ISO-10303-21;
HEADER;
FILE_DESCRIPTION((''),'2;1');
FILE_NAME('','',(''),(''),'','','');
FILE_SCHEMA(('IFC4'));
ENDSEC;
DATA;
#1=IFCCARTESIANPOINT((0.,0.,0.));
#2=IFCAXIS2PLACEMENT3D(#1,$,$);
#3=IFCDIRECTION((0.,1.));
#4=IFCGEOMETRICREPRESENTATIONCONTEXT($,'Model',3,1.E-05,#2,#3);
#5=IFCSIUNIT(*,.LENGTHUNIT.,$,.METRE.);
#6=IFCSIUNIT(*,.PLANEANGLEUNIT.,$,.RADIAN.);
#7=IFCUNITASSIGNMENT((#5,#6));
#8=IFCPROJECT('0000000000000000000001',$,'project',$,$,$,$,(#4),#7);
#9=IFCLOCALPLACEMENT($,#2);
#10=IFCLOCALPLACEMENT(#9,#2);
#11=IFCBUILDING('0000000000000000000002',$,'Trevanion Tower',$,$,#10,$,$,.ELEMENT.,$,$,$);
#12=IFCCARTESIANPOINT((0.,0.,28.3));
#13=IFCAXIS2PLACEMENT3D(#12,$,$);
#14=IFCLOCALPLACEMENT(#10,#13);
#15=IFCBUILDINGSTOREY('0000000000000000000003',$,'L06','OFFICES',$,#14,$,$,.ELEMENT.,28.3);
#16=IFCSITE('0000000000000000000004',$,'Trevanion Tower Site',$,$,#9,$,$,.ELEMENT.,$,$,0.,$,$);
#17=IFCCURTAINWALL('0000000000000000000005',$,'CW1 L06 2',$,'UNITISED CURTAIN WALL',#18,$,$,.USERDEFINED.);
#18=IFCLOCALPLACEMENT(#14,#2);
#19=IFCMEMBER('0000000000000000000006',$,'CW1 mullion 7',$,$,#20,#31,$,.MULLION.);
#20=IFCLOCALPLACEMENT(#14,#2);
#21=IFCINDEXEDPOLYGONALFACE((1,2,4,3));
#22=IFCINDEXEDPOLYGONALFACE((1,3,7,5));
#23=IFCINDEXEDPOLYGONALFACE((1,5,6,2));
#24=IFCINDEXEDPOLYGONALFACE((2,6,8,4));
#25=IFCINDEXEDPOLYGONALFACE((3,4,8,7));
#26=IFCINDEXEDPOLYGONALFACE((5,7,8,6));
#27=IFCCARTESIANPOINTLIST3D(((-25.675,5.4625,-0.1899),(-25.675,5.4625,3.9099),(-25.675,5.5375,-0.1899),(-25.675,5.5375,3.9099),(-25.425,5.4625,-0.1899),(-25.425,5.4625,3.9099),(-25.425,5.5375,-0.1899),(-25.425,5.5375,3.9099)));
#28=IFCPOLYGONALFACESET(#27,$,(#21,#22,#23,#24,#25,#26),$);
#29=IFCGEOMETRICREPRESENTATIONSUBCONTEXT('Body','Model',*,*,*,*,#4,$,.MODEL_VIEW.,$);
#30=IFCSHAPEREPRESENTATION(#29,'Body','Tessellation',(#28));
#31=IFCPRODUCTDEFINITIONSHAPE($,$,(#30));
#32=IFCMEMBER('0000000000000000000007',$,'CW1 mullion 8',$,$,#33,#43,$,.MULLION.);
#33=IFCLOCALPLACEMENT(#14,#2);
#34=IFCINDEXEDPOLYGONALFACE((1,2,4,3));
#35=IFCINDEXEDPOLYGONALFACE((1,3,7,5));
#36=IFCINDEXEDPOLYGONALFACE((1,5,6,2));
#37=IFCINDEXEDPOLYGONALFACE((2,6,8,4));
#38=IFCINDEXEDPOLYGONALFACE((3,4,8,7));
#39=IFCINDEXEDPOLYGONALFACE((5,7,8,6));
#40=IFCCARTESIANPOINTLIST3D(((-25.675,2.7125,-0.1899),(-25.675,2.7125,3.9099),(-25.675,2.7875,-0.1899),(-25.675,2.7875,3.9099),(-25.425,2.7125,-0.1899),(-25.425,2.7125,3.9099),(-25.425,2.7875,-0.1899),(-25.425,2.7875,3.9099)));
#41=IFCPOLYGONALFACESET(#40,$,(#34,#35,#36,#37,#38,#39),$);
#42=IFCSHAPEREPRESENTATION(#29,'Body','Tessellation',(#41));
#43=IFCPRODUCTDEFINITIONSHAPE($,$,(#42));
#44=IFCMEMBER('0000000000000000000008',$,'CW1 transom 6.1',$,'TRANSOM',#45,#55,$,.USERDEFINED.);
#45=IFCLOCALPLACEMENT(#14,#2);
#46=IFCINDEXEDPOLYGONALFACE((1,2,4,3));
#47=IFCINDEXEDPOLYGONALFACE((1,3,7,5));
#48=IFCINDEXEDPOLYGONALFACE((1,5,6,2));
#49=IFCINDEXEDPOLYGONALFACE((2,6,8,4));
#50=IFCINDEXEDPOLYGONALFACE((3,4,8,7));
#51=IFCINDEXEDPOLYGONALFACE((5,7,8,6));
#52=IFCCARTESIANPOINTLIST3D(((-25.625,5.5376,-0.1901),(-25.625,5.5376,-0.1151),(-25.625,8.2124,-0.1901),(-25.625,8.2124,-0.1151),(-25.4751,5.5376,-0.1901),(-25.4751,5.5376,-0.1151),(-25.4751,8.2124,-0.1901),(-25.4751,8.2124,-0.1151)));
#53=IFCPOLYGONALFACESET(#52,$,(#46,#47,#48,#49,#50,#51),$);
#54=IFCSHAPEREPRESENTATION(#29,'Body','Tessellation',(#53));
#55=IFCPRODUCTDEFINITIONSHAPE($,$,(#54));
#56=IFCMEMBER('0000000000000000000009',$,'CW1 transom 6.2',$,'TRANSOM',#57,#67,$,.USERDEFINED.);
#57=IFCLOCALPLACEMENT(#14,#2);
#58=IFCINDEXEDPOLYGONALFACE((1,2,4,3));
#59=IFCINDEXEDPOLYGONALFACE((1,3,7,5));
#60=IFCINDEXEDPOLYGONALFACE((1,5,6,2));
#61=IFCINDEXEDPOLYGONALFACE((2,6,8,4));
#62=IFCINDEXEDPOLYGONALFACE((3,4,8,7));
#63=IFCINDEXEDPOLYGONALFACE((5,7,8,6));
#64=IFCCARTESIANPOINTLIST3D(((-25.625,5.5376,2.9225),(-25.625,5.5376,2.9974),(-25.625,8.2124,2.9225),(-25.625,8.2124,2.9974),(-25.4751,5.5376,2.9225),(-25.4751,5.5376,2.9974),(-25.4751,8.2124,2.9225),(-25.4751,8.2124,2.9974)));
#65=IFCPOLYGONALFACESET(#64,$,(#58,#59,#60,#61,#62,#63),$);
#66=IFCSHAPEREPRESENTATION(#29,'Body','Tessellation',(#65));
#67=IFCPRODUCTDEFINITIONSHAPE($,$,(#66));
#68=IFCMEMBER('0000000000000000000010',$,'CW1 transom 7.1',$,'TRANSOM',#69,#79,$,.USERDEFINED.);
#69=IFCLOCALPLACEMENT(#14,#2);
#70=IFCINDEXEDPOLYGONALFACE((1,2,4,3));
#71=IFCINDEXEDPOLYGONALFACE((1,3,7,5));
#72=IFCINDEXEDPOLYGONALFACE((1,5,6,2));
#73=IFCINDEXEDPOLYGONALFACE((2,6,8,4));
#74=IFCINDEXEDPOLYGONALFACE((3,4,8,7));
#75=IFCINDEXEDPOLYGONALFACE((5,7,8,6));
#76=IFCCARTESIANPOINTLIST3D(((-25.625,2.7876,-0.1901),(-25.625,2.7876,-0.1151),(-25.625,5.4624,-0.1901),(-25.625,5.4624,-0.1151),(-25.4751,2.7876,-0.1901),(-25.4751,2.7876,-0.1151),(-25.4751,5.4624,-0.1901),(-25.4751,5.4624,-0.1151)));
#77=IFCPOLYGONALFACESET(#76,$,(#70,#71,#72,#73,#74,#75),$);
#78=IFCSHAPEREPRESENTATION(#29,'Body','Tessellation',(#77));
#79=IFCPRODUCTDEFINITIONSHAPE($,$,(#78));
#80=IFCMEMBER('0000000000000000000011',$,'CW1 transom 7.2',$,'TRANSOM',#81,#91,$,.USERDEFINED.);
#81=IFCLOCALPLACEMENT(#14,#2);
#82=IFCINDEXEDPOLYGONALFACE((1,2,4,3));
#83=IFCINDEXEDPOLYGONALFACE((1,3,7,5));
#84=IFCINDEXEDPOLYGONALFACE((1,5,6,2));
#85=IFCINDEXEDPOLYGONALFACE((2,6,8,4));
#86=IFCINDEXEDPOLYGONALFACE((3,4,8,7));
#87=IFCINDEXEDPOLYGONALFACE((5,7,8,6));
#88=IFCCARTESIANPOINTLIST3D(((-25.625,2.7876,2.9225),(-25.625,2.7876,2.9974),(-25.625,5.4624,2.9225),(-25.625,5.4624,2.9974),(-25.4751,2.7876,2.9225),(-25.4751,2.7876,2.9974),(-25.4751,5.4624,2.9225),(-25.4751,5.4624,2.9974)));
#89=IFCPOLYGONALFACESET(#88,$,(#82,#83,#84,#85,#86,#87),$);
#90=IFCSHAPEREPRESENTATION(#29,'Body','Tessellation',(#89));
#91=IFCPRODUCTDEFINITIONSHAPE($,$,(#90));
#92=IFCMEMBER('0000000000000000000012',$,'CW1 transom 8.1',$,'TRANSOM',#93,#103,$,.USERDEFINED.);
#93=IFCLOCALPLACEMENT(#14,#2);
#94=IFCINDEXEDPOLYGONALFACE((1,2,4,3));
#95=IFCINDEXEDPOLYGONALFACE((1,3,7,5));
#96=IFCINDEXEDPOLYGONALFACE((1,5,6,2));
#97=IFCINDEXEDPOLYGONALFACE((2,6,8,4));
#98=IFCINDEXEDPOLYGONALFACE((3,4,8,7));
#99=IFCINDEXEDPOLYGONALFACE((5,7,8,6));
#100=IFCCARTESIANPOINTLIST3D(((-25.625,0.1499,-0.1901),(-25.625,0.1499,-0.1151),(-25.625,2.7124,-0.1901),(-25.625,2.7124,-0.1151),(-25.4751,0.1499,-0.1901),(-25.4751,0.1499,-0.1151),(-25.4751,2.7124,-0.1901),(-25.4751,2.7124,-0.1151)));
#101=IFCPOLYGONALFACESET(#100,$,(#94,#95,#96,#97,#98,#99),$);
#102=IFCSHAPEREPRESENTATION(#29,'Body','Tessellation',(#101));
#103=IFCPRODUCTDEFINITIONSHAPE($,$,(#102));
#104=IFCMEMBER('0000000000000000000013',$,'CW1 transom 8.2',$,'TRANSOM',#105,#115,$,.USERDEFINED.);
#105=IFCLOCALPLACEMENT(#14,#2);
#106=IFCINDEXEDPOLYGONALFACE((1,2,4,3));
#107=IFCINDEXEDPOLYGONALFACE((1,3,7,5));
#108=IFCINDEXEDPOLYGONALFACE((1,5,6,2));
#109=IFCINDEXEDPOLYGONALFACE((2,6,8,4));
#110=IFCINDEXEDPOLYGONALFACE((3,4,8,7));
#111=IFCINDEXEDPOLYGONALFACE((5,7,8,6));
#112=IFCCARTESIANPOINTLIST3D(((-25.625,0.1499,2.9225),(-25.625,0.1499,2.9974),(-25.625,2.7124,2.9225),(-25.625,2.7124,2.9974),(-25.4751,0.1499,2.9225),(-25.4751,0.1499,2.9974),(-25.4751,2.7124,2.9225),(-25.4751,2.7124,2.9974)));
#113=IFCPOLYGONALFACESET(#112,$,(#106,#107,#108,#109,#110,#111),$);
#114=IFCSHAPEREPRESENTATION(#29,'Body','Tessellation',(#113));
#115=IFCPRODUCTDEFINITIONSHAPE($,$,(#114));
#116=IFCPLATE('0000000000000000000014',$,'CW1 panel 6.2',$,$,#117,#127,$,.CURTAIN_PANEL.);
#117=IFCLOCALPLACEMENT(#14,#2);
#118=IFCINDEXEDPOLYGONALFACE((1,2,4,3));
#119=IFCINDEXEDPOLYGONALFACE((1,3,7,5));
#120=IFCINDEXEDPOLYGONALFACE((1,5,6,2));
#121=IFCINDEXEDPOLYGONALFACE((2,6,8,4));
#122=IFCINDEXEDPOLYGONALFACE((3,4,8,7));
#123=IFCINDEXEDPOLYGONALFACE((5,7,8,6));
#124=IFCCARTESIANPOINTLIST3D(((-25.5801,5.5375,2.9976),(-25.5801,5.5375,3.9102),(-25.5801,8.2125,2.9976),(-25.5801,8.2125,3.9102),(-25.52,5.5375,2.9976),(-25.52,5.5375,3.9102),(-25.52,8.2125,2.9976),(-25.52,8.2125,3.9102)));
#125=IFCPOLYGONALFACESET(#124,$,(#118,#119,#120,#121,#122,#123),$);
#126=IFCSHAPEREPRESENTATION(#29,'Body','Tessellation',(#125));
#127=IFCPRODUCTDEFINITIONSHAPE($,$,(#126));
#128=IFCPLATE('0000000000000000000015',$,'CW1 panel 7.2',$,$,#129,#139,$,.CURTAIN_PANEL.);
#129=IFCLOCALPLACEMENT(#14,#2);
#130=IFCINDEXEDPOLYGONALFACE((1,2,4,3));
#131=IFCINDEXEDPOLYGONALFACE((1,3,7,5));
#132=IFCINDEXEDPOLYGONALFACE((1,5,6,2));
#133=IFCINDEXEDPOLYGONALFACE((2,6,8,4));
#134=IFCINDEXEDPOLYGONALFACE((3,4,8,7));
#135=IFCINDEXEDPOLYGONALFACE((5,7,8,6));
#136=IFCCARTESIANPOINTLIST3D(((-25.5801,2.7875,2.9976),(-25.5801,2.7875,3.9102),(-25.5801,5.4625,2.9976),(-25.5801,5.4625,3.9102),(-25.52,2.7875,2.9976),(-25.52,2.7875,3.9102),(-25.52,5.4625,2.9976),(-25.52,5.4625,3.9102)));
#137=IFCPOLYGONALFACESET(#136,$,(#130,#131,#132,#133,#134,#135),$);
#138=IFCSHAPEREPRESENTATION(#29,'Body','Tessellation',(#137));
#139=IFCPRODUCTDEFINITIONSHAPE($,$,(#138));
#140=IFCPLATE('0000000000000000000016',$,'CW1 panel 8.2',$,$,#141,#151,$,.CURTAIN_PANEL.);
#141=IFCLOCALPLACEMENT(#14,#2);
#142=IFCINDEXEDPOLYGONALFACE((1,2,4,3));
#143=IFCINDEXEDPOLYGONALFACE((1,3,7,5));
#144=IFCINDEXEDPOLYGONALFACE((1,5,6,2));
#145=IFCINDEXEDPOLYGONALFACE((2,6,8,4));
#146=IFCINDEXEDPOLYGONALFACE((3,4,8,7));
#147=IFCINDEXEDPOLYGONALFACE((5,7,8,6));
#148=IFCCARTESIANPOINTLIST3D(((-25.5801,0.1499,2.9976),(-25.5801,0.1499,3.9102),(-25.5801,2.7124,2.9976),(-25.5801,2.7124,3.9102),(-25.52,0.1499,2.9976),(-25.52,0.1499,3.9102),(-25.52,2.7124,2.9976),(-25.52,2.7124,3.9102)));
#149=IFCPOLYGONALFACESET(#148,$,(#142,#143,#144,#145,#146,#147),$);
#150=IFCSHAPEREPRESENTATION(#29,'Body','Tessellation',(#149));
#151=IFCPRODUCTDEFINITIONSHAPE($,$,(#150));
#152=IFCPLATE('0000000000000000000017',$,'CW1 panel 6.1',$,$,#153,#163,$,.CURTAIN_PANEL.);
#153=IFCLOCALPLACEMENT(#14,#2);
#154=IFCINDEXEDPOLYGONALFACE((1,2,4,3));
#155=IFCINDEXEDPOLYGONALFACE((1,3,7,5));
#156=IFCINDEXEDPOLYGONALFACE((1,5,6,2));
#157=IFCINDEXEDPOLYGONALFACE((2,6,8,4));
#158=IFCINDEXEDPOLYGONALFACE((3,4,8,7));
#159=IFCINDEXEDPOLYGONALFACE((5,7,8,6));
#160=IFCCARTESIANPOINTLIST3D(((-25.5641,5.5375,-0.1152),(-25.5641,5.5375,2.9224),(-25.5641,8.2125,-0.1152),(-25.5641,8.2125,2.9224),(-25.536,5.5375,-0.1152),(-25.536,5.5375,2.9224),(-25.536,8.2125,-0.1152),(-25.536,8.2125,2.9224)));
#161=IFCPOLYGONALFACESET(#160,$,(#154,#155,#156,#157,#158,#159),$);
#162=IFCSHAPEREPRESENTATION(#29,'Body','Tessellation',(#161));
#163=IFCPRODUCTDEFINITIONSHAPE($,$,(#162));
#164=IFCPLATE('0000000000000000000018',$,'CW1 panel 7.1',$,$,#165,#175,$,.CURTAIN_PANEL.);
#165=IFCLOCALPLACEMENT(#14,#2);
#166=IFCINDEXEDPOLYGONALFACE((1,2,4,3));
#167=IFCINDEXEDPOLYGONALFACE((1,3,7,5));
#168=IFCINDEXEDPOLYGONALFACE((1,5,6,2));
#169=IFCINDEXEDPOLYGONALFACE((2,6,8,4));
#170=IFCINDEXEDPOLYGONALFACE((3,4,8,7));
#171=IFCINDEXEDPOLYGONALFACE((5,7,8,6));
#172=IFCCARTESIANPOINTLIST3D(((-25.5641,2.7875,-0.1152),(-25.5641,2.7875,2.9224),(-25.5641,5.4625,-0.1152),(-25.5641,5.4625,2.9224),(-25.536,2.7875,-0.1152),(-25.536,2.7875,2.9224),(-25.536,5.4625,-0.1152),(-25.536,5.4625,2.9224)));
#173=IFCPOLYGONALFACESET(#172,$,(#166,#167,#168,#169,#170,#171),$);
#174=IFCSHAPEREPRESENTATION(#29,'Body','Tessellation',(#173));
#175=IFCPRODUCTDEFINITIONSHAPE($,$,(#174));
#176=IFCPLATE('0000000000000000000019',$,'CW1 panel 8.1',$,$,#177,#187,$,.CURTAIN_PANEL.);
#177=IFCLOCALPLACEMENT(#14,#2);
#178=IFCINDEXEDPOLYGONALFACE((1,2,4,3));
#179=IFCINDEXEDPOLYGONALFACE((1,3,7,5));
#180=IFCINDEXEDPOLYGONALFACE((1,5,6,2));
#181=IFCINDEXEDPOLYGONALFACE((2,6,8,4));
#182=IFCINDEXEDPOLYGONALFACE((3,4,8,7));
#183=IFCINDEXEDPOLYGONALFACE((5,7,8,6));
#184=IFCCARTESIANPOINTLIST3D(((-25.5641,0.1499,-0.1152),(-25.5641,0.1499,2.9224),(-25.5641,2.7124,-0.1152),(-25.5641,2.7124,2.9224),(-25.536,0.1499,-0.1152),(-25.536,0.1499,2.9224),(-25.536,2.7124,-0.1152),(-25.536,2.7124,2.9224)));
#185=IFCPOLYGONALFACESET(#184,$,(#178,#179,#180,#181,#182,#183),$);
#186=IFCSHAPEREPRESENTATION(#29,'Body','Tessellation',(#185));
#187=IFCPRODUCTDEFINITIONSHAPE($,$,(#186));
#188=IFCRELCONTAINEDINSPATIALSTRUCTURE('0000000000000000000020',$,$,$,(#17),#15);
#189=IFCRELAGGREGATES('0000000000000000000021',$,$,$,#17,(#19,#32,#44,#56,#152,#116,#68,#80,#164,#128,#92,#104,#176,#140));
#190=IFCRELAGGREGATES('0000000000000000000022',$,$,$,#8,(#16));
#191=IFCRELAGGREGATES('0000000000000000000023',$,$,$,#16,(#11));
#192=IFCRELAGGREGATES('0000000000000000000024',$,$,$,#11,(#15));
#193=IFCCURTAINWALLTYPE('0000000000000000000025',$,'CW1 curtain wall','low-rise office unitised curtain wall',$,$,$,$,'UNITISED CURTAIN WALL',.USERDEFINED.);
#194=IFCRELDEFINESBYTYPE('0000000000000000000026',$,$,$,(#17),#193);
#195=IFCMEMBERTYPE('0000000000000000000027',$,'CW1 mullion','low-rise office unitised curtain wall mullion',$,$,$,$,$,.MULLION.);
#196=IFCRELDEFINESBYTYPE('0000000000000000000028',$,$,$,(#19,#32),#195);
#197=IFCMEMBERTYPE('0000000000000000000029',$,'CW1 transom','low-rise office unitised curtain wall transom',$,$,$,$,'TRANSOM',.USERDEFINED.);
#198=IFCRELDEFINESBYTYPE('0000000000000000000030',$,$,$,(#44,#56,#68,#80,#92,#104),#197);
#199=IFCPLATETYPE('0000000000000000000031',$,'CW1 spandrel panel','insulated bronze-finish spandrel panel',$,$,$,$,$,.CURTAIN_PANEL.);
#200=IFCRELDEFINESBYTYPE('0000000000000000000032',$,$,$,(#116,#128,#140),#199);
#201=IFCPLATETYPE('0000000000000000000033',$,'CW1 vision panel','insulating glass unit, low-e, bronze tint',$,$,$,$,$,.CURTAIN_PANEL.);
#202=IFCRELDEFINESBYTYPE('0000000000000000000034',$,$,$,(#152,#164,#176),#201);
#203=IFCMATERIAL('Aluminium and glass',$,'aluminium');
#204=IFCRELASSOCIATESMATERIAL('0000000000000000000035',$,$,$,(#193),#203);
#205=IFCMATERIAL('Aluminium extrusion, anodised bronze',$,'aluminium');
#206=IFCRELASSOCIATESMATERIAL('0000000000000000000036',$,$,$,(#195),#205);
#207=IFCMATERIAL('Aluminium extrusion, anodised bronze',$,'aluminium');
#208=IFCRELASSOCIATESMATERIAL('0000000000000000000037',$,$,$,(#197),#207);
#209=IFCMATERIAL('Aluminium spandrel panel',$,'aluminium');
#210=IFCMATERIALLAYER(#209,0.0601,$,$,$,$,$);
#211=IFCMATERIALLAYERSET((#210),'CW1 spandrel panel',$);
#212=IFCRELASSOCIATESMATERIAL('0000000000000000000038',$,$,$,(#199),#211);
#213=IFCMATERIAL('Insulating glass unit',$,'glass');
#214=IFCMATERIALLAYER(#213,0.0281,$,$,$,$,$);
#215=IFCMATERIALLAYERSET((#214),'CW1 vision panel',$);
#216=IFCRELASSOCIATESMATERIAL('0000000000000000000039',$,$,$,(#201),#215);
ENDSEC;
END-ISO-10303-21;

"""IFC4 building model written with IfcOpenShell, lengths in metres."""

from ifc_helpers import new_model, si_unit, direction, frame, origin, origin_2d, place, context, subcontext, project, spatial, rectangle, extrude, material, layer, layer_set, material_profile, profile_set, type_object, element, aggregate, save


model = new_model("IFC4")

# Units and contexts
model_context = context("Model", 3, precision=1e-05, world=origin(), true_north=direction((0.0, 1.0)))
body_context = subcontext(model_context, "Body", "Model", "MODEL_VIEW")
ifc_project = project(units=[si_unit("LENGTHUNIT", "METRE"), si_unit("PLANEANGLEUNIT", "RADIAN")], contexts=[model_context])

# Site, building, storey
site_placement = place(None, origin())
site = spatial("IfcSite", under=ifc_project, at=site_placement, Name="Trevanion Tower Site", CompositionType="ELEMENT", RefElevation=0.0)
building_placement = place(site_placement, origin())
building = spatial("IfcBuilding", under=site, at=building_placement, Name="Trevanion Tower", CompositionType="ELEMENT")
storey_placement = place(building_placement, frame((0.0, 0.0, 28.3)))
storey = spatial("IfcBuildingStorey", under=building, at=storey_placement, Name="L06", Description="OFFICES", CompositionType="ELEMENT", Elevation=28.3)

# Curtain wall, members, plates
ifc_material_1 = material(Name="Aluminium and glass", Category="aluminium")
curtain_wall_type = type_object("IfcCurtainWallType", Name="CW1 curtain wall", Description="low-rise office unitised curtain wall", ElementType="UNITISED CURTAIN WALL", PredefinedType="USERDEFINED", material=ifc_material_1)
curtain_wall_placement = place(storey_placement, origin())
curtain_wall = element("IfcCurtainWall", 1, at=curtain_wall_placement, inside=storey, type_object=curtain_wall_type, Name="CW1 L06 2", ObjectType="UNITISED CURTAIN WALL", PredefinedType="USERDEFINED")
ifc_material_2 = material(Name="Aluminium extrusion, anodised bronze", Category="aluminium")
ifc_material_profile_1 = material_profile(ifc_material_2, rectangle(XDim=0.075, YDim=0.25, at=origin_2d()), Name="CW1 mullion")
ifc_profile_set_1 = profile_set([ifc_material_profile_1], Name="Aluminium extrusion, anodised bronze")
member_type_1 = type_object("IfcMemberType", Name="CW1 mullion", Description="low-rise office unitised curtain wall mullion", PredefinedType="MULLION", material=ifc_profile_set_1)
member_1_placement = place(storey_placement, frame((-25.55, 5.5, -0.1899), z_axis=(0.0, 0.0, 1.0), x_axis=(0.0, -1.0, 0.0)))
member_1 = element("IfcMember", 2, at=member_1_placement, type_object=member_type_1, Name="CW1 mullion 7", PredefinedType="MULLION", context=body_context, shape_type="SweptSolid", body=[
    extrude(rectangle(XDim=0.075, YDim=0.25, at=origin_2d()), origin(), (0.0, 0.0, 1.0), 4.0999),
])
member_2_placement = place(storey_placement, frame((-25.55, 2.75, -0.1899), z_axis=(0.0, 0.0, 1.0), x_axis=(0.0, -1.0, 0.0)))
member_2 = element("IfcMember", 3, at=member_2_placement, type_object=member_type_1, Name="CW1 mullion 8", PredefinedType="MULLION", context=body_context, shape_type="SweptSolid", body=[
    extrude(rectangle(XDim=0.075, YDim=0.25, at=origin_2d()), origin(), (0.0, 0.0, 1.0), 4.0999),
])
ifc_material_3 = material(Name="Aluminium extrusion, anodised bronze", Category="aluminium")
ifc_material_profile_2 = material_profile(ifc_material_3, rectangle(XDim=0.1499, YDim=0.075, at=origin_2d()), Name="CW1 transom")
ifc_profile_set_2 = profile_set([ifc_material_profile_2], Name="Aluminium extrusion, anodised bronze")
member_type_2 = type_object("IfcMemberType", Name="CW1 transom", Description="low-rise office unitised curtain wall transom", ElementType="TRANSOM", PredefinedType="USERDEFINED", material=ifc_profile_set_2)
member_3_placement = place(storey_placement, frame((-25.55, 8.2124, -0.1526), z_axis=(0.0, -1.0, 0.0), x_axis=(1.0, 0.0, 0.0)))
member_3 = element("IfcMember", 4, at=member_3_placement, type_object=member_type_2, Name="CW1 transom 6.1", ObjectType="TRANSOM", PredefinedType="USERDEFINED", context=body_context, shape_type="SweptSolid", body=[
    extrude(rectangle(XDim=0.1499, YDim=0.075, at=origin_2d()), origin(), (0.0, 0.0, 1.0), 2.6748),
])
member_4_placement = place(storey_placement, frame((-25.55, 8.2124, 2.96), z_axis=(0.0, -1.0, 0.0), x_axis=(1.0, 0.0, 0.0)))
member_4 = element("IfcMember", 5, at=member_4_placement, type_object=member_type_2, Name="CW1 transom 6.2", ObjectType="TRANSOM", PredefinedType="USERDEFINED", context=body_context, shape_type="SweptSolid", body=[
    extrude(rectangle(XDim=0.1499, YDim=0.075, at=origin_2d()), origin(), (0.0, 0.0, 1.0), 2.6748),
])
member_5_placement = place(storey_placement, frame((-25.55, 5.4624, -0.1526), z_axis=(0.0, -1.0, 0.0), x_axis=(1.0, 0.0, 0.0)))
member_5 = element("IfcMember", 6, at=member_5_placement, type_object=member_type_2, Name="CW1 transom 7.1", ObjectType="TRANSOM", PredefinedType="USERDEFINED", context=body_context, shape_type="SweptSolid", body=[
    extrude(rectangle(XDim=0.1499, YDim=0.075, at=origin_2d()), origin(), (0.0, 0.0, 1.0), 2.6748),
])
member_6_placement = place(storey_placement, frame((-25.55, 5.4624, 2.96), z_axis=(0.0, -1.0, 0.0), x_axis=(1.0, 0.0, 0.0)))
member_6 = element("IfcMember", 7, at=member_6_placement, type_object=member_type_2, Name="CW1 transom 7.2", ObjectType="TRANSOM", PredefinedType="USERDEFINED", context=body_context, shape_type="SweptSolid", body=[
    extrude(rectangle(XDim=0.1499, YDim=0.075, at=origin_2d()), origin(), (0.0, 0.0, 1.0), 2.6748),
])
member_7_placement = place(storey_placement, frame((-25.55, 2.7124, -0.1526), z_axis=(0.0, -1.0, 0.0), x_axis=(1.0, 0.0, 0.0)))
member_7 = element("IfcMember", 8, at=member_7_placement, type_object=member_type_2, Name="CW1 transom 8.1", ObjectType="TRANSOM", PredefinedType="USERDEFINED", context=body_context, shape_type="SweptSolid", body=[
    extrude(rectangle(XDim=0.1499, YDim=0.075, at=origin_2d()), origin(), (0.0, 0.0, 1.0), 2.5625),
])
member_8_placement = place(storey_placement, frame((-25.55, 2.7124, 2.96), z_axis=(0.0, -1.0, 0.0), x_axis=(1.0, 0.0, 0.0)))
member_8 = element("IfcMember", 9, at=member_8_placement, type_object=member_type_2, Name="CW1 transom 8.2", ObjectType="TRANSOM", PredefinedType="USERDEFINED", context=body_context, shape_type="SweptSolid", body=[
    extrude(rectangle(XDim=0.1499, YDim=0.075, at=origin_2d()), origin(), (0.0, 0.0, 1.0), 2.5625),
])
ifc_material_4 = material(Name="Aluminium spandrel panel", Category="aluminium")
ifc_layer_1 = layer(ifc_material_4, 0.0601)
ifc_layer_set_1 = layer_set([ifc_layer_1], Name="CW1 spandrel panel")
plate_type_1 = type_object("IfcPlateType", Name="CW1 spandrel panel", Description="insulated bronze-finish spandrel panel", PredefinedType="CURTAIN_PANEL", material=ifc_layer_set_1)
plate_1_placement = place(storey_placement, frame((-25.55, 6.875, 2.9976), z_axis=(0.0, 0.0, 1.0), x_axis=(0.0, -1.0, 0.0)))
plate_1 = element("IfcPlate", 10, at=plate_1_placement, type_object=plate_type_1, Name="CW1 panel 6.2", PredefinedType="CURTAIN_PANEL", context=body_context, shape_type="SweptSolid", body=[
    extrude(rectangle(XDim=2.675, YDim=0.0601, at=origin_2d()), origin(), (0.0, 0.0, 1.0), 0.9126),
])
plate_2_placement = place(storey_placement, frame((-25.55, 4.125, 2.9976), z_axis=(0.0, 0.0, 1.0), x_axis=(0.0, -1.0, 0.0)))
plate_2 = element("IfcPlate", 11, at=plate_2_placement, type_object=plate_type_1, Name="CW1 panel 7.2", PredefinedType="CURTAIN_PANEL", context=body_context, shape_type="SweptSolid", body=[
    extrude(rectangle(XDim=2.675, YDim=0.0601, at=origin_2d()), origin(), (0.0, 0.0, 1.0), 0.9126),
])
plate_3_placement = place(storey_placement, frame((-25.55, 1.4312, 2.9976), z_axis=(0.0, 0.0, 1.0), x_axis=(0.0, -1.0, 0.0)))
plate_3 = element("IfcPlate", 12, at=plate_3_placement, type_object=plate_type_1, Name="CW1 panel 8.2", PredefinedType="CURTAIN_PANEL", context=body_context, shape_type="SweptSolid", body=[
    extrude(rectangle(XDim=2.5625, YDim=0.0601, at=origin_2d()), origin(), (0.0, 0.0, 1.0), 0.9126),
])
ifc_material_5 = material(Name="Insulating glass unit", Category="glass")
ifc_layer_2 = layer(ifc_material_5, 0.0281)
ifc_layer_set_2 = layer_set([ifc_layer_2], Name="CW1 vision panel")
plate_type_2 = type_object("IfcPlateType", Name="CW1 vision panel", Description="insulating glass unit, low-e, bronze tint", PredefinedType="CURTAIN_PANEL", material=ifc_layer_set_2)
plate_4_placement = place(storey_placement, frame((-25.55, 6.875, -0.1152), z_axis=(0.0, 0.0, 1.0), x_axis=(0.0, -1.0, 0.0)))
plate_4 = element("IfcPlate", 13, at=plate_4_placement, type_object=plate_type_2, Name="CW1 panel 6.1", PredefinedType="CURTAIN_PANEL", context=body_context, shape_type="SweptSolid", body=[
    extrude(rectangle(XDim=2.675, YDim=0.0281, at=origin_2d()), origin(), (0.0, 0.0, 1.0), 3.0376),
])
plate_5_placement = place(storey_placement, frame((-25.55, 4.125, -0.1152), z_axis=(0.0, 0.0, 1.0), x_axis=(0.0, -1.0, 0.0)))
plate_5 = element("IfcPlate", 14, at=plate_5_placement, type_object=plate_type_2, Name="CW1 panel 7.1", PredefinedType="CURTAIN_PANEL", context=body_context, shape_type="SweptSolid", body=[
    extrude(rectangle(XDim=2.675, YDim=0.0281, at=origin_2d()), origin(), (0.0, 0.0, 1.0), 3.0376),
])
plate_6_placement = place(storey_placement, frame((-25.55, 1.4312, -0.1152), z_axis=(0.0, 0.0, 1.0), x_axis=(0.0, -1.0, 0.0)))
plate_6 = element("IfcPlate", 15, at=plate_6_placement, type_object=plate_type_2, Name="CW1 panel 8.1", PredefinedType="CURTAIN_PANEL", context=body_context, shape_type="SweptSolid", body=[
    extrude(rectangle(XDim=2.5625, YDim=0.0281, at=origin_2d()), origin(), (0.0, 0.0, 1.0), 3.0376),
])
aggregate(curtain_wall, [member_1, member_2, member_3, member_4, plate_4, plate_1, member_5, member_6, plate_5, plate_2, member_7, member_8, plate_6, plate_3])

save(model, "model.ifc")
